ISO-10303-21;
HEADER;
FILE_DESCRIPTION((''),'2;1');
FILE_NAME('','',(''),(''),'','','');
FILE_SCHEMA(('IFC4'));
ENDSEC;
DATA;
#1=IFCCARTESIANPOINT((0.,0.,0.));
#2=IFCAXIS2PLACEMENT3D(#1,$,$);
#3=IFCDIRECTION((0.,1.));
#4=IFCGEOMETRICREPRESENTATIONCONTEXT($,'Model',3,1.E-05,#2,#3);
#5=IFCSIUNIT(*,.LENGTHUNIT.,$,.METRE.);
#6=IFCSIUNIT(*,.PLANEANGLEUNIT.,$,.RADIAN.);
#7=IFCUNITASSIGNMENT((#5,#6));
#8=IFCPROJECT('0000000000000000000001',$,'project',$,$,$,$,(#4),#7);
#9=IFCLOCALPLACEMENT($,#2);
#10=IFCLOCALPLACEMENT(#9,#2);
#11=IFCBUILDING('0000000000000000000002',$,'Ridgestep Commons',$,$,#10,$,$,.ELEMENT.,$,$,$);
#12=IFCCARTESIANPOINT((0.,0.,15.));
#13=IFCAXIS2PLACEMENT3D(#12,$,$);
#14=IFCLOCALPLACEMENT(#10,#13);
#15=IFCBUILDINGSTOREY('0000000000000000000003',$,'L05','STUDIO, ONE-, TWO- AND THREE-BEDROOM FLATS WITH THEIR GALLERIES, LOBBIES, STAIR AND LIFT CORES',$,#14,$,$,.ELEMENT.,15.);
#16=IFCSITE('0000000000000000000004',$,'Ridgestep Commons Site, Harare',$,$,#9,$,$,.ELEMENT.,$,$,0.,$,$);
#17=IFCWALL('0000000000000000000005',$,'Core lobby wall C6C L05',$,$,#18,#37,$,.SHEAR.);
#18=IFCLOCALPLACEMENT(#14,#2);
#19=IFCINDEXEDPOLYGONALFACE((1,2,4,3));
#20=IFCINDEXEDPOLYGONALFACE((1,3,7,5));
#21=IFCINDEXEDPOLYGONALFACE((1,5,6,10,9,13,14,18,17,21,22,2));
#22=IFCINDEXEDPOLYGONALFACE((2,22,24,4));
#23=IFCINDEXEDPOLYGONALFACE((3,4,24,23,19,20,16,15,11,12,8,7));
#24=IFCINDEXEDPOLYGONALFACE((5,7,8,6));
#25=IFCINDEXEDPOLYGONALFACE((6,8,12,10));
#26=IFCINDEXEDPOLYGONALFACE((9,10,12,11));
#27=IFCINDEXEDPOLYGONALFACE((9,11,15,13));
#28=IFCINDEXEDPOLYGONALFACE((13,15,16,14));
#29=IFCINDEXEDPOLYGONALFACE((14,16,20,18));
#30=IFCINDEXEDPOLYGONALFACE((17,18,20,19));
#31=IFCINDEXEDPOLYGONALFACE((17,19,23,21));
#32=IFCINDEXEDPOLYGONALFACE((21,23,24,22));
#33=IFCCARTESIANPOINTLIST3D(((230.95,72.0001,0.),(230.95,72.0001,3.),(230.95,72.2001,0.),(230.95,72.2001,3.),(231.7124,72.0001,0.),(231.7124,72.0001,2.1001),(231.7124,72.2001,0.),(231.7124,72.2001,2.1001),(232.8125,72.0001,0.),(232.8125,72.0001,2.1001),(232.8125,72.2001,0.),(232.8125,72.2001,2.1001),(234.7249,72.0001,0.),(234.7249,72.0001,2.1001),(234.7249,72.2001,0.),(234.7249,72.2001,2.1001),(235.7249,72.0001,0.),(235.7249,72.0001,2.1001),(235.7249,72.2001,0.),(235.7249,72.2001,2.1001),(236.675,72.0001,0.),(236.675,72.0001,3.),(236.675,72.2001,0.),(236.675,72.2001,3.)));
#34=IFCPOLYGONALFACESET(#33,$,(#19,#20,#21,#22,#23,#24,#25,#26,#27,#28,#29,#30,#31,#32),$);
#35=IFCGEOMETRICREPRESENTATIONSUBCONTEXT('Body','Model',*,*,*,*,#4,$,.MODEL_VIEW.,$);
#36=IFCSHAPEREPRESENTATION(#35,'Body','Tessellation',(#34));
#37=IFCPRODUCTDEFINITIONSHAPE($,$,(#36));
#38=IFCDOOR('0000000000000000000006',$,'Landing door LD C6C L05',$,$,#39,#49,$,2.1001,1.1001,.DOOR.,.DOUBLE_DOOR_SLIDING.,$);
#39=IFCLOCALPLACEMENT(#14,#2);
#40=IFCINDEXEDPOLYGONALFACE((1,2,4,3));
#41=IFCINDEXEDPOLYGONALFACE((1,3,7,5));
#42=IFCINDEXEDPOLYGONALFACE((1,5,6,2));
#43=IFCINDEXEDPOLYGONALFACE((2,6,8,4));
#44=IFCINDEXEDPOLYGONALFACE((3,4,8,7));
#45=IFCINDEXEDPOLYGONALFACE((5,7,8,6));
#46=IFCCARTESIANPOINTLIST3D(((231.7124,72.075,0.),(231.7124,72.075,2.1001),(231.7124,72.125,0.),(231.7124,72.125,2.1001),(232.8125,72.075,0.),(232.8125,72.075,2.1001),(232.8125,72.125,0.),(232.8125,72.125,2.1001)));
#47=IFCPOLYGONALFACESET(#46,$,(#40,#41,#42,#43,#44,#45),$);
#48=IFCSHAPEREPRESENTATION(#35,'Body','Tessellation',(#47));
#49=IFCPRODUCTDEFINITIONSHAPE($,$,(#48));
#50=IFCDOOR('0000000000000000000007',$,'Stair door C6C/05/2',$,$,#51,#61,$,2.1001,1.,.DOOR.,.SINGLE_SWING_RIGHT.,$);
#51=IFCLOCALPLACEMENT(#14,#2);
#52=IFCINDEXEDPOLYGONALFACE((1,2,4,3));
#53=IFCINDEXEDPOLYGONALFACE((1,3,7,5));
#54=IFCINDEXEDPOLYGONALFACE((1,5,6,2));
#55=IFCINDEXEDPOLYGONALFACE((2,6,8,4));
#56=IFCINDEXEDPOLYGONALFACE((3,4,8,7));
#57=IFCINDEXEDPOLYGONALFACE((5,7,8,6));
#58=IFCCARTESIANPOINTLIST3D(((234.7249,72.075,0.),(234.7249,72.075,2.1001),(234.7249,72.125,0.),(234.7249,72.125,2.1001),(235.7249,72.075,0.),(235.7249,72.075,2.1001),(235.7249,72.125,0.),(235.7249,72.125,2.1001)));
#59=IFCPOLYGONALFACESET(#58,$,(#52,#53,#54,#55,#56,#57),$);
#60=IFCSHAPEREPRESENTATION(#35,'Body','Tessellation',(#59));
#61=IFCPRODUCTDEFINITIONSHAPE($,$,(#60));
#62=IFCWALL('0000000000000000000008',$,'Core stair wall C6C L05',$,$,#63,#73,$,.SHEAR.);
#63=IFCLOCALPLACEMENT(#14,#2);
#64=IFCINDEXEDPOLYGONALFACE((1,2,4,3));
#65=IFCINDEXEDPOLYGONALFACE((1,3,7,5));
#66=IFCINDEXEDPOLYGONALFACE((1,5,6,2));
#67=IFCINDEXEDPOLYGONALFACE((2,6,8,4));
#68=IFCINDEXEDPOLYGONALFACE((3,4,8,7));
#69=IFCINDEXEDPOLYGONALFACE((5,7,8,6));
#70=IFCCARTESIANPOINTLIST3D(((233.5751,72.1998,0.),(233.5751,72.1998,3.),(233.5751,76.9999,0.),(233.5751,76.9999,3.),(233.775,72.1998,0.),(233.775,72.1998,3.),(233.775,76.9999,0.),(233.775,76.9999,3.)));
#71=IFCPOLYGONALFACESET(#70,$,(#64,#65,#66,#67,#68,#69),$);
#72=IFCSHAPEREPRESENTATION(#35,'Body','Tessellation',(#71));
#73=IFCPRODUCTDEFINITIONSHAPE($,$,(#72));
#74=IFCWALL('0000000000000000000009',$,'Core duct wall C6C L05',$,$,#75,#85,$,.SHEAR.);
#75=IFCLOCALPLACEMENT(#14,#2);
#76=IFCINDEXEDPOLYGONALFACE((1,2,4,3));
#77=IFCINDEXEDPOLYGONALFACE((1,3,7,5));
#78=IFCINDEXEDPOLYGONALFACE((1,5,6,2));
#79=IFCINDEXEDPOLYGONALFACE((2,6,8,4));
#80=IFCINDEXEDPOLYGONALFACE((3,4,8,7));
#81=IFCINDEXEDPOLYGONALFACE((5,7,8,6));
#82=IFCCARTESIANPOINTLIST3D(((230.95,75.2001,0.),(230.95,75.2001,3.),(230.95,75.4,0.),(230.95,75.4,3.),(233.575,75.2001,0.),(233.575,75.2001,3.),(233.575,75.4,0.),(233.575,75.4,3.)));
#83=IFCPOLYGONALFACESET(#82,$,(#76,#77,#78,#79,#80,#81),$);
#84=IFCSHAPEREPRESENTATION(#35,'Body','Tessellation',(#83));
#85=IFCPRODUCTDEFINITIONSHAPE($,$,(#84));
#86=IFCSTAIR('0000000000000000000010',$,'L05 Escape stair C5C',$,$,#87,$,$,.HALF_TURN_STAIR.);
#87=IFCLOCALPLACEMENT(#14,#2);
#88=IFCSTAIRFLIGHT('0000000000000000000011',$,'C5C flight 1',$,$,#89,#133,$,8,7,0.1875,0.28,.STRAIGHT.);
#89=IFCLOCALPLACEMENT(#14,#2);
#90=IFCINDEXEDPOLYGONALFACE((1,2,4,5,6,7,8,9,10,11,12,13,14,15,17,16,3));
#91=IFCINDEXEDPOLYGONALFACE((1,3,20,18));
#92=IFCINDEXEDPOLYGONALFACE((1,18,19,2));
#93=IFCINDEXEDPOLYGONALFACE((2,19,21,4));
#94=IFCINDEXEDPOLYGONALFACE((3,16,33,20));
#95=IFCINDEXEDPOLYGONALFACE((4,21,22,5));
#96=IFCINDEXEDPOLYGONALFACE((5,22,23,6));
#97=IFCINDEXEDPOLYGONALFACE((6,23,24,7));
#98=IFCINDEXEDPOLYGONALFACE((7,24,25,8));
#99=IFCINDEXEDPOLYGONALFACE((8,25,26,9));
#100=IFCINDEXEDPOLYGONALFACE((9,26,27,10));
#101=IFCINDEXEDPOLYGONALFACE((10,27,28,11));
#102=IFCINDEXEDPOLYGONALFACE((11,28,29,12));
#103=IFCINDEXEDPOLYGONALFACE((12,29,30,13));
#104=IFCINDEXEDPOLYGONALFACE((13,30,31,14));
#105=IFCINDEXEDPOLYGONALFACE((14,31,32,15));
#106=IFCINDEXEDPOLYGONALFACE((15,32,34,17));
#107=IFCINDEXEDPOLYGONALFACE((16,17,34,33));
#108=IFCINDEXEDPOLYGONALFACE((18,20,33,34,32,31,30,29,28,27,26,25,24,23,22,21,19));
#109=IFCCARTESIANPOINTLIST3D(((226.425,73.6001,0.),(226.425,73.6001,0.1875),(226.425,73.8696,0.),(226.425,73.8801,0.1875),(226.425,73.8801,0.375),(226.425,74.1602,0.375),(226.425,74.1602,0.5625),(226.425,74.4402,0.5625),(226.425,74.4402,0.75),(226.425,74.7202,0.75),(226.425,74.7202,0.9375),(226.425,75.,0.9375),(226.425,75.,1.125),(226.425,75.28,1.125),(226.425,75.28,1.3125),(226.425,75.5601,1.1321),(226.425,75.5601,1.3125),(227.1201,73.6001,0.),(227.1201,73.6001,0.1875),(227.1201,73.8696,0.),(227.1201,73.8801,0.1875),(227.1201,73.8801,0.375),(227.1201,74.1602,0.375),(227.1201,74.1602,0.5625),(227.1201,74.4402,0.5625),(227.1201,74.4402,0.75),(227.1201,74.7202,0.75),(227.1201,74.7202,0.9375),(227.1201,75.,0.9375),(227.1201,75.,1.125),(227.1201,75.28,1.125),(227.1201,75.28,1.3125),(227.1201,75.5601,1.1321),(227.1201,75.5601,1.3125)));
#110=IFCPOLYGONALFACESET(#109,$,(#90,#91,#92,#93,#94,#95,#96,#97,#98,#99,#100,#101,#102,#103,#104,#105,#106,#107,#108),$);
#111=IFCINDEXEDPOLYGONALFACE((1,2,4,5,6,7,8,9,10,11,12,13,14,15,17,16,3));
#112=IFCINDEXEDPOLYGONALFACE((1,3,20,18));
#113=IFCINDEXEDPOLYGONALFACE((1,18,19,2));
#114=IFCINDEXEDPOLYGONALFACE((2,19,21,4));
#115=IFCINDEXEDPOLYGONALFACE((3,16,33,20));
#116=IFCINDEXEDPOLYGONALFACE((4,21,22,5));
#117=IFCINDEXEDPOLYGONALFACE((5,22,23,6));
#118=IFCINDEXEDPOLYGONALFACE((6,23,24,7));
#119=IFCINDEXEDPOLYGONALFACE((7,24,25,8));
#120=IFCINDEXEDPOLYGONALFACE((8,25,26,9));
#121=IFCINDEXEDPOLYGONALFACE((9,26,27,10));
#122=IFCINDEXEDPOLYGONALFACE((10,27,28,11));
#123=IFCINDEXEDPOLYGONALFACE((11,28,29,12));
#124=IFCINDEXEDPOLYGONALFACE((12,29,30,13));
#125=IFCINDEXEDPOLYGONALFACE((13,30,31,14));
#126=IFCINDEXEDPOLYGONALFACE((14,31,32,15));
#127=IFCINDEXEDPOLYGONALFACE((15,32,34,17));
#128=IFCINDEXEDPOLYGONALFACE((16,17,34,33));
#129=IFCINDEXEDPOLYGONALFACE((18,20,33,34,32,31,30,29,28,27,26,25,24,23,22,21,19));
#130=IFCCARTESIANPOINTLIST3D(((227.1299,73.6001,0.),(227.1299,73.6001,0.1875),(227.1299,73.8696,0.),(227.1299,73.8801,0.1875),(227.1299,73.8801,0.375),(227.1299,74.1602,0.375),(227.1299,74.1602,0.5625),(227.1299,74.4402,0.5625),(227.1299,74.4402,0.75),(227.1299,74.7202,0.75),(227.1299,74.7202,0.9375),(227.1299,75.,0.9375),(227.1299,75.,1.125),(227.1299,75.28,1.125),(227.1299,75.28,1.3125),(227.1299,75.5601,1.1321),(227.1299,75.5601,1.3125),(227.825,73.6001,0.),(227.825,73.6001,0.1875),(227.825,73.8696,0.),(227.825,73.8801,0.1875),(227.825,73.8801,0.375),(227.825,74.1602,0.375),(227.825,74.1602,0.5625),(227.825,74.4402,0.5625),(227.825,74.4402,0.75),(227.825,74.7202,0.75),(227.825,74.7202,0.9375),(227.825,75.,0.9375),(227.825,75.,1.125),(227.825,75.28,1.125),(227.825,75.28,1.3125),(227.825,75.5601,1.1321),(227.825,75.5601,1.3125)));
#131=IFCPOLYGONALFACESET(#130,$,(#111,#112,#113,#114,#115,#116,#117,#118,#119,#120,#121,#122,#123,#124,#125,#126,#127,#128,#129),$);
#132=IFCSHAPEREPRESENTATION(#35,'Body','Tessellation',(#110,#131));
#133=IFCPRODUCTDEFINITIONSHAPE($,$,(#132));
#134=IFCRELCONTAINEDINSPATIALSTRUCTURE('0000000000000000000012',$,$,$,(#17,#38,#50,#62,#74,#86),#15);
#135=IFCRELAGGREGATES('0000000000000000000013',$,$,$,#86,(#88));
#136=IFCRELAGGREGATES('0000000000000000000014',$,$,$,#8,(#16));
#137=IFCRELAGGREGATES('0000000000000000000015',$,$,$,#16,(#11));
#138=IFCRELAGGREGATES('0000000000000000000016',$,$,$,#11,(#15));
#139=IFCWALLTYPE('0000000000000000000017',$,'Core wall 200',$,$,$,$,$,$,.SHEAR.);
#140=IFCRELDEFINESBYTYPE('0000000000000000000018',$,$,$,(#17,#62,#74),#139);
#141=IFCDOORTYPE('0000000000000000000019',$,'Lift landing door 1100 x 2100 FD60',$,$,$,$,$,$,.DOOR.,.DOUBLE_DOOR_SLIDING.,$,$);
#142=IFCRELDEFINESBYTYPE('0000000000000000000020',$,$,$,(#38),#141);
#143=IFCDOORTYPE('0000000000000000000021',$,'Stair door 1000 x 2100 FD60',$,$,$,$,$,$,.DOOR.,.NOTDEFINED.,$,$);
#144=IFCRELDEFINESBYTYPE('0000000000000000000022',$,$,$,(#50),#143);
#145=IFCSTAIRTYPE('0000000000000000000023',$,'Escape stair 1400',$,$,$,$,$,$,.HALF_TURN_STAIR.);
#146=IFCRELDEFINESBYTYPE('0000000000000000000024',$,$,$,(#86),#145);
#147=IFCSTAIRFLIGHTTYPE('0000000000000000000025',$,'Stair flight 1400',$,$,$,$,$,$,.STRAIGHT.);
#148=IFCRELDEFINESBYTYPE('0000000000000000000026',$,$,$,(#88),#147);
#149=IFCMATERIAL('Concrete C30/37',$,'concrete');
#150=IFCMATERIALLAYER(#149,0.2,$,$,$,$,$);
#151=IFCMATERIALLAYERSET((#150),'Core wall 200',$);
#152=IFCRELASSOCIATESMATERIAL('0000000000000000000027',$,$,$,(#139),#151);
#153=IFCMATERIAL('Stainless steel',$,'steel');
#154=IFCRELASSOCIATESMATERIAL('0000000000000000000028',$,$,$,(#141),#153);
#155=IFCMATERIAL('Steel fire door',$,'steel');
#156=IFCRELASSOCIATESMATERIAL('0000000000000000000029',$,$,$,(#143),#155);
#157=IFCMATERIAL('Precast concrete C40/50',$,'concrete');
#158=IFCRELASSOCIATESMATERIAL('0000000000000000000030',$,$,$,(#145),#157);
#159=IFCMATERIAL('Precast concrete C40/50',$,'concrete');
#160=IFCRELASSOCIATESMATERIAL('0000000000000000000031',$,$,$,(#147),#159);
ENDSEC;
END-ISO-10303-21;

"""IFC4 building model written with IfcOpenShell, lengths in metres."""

from ifc_helpers import new_model, si_unit, direction, frame, frame_2d, origin, place, context, subcontext, project, spatial, polyline, rectangle, outline, extrude, material, layer, layer_set, type_object, element, fill, aggregate, save


model = new_model("IFC4")

# Units and contexts
model_context = context("Model", 3, precision=1e-05, world=origin(), true_north=direction((0.0, 1.0)))
body_context = subcontext(model_context, "Body", "Model", "MODEL_VIEW")
ifc_project = project(units=[si_unit("LENGTHUNIT", "METRE"), si_unit("PLANEANGLEUNIT", "RADIAN")], contexts=[model_context])

# Site, building, storey
site_placement = place(None, origin())
site = spatial("IfcSite", under=ifc_project, at=site_placement, Name="Ridgestep Commons Site, Harare", CompositionType="ELEMENT", RefElevation=0.0)
building_placement = place(site_placement, origin())
building = spatial("IfcBuilding", under=site, at=building_placement, Name="Ridgestep Commons", CompositionType="ELEMENT")
storey_placement = place(building_placement, frame((0.0, 0.0, 15.0)))
storey = spatial("IfcBuildingStorey", under=building, at=storey_placement, Name="L05", Description="STUDIO, ONE-, TWO- AND THREE-BEDROOM FLATS WITH THEIR GALLERIES, LOBBIES, STAIR AND LIFT CORES", CompositionType="ELEMENT", Elevation=15.0)

# Shared definitions
ifc_material_1 = material(Name="Concrete C30/37", Category="concrete")
ifc_layer_1 = layer(ifc_material_1, 0.2)
ifc_layer_set_1 = layer_set([ifc_layer_1], Name="Core wall 200")
wall_type_1 = type_object("IfcWallType", Name="Core wall 200", PredefinedType="SHEAR", material=ifc_layer_set_1)

# Wall, openings, doors
wall_1_placement = place(storey_placement, frame((230.95, 72.1001, 0.0), z_axis=(0.0, 0.0, 1.0), x_axis=(1.0, 0.0, 0.0)))
wall_1 = element("IfcWall", 1, at=wall_1_placement, inside=storey, type_object=wall_type_1, Name="Core lobby wall C6C L05", PredefinedType="SHEAR", context=body_context, shape_type="SweptSolid", body=[
    extrude(rectangle(XDim=5.7251, YDim=0.2, at=frame_2d((2.8625, 0.0))), origin(), (0.0, 0.0, 1.0), 3.0),
])
opening_1_placement = place(wall_1_placement, frame((3.7749, 0.0, 0.0)))
opening_1 = element("IfcOpeningElement", 2, at=opening_1_placement, cuts=wall_1, PredefinedType="OPENING", context=body_context, shape_type="SweptSolid", body=[
    extrude(rectangle(XDim=1.0, YDim=2.1001, at=frame_2d((0.5, 1.05))), frame((0.0, 0.1099, 0.0), z_axis=(0.0, -1.0, 0.0), x_axis=(1.0, 0.0, 0.0)), (0.0, 0.0, 1.0), 0.22),
])
opening_2_placement = place(wall_1_placement, frame((0.7625, 0.0, 0.0)))
opening_2 = element("IfcOpeningElement", 3, at=opening_2_placement, cuts=wall_1, PredefinedType="OPENING", context=body_context, shape_type="SweptSolid", body=[
    extrude(rectangle(XDim=1.1001, YDim=2.1001, at=frame_2d((0.55, 1.05))), frame((0.0, 0.1099, 0.0), z_axis=(0.0, -1.0, 0.0), x_axis=(1.0, 0.0, 0.0)), (0.0, 0.0, 1.0), 0.22),
])
ifc_material_2 = material(Name="Stainless steel", Category="steel")
door_type_1 = type_object("IfcDoorType", Name="Lift landing door 1100 x 2100 FD60", OperationType="DOUBLE_DOOR_SLIDING", PredefinedType="DOOR", material=ifc_material_2)
door_1_placement = place(opening_2_placement, origin())
door_1 = element("IfcDoor", 4, at=door_1_placement, inside=storey, type_object=door_type_1, Name="Landing door LD C6C L05", OperationType="DOUBLE_DOOR_SLIDING", OverallHeight=2.1001, OverallWidth=1.1001, PredefinedType="DOOR", context=body_context, shape_type="SweptSolid", body=[
    extrude(rectangle(XDim=1.1001, YDim=2.1001, at=frame_2d((0.55, 1.05))), frame((0.0, 0.0249, 0.0), z_axis=(0.0, -1.0, 0.0), x_axis=(1.0, 0.0, 0.0)), (0.0, 0.0, 1.0), 0.05),
])
fill(opening_2, door_1)
ifc_material_3 = material(Name="Steel fire door", Category="steel")
door_type_2 = type_object("IfcDoorType", Name="Stair door 1000 x 2100 FD60", OperationType="NOTDEFINED", PredefinedType="DOOR", material=ifc_material_3)
door_2_placement = place(opening_1_placement, origin())
door_2 = element("IfcDoor", 5, at=door_2_placement, inside=storey, type_object=door_type_2, Name="Stair door C6C/05/2", OperationType="SINGLE_SWING_RIGHT", OverallHeight=2.1001, OverallWidth=1.0, PredefinedType="DOOR", context=body_context, shape_type="SweptSolid", body=[
    extrude(rectangle(XDim=1.0, YDim=2.1001, at=frame_2d((0.5, 1.05))), frame((0.0, 0.0249, 0.0), z_axis=(0.0, -1.0, 0.0), x_axis=(1.0, 0.0, 0.0)), (0.0, 0.0, 1.0), 0.05),
])
fill(opening_1, door_2)

# Walls
wall_2_placement = place(storey_placement, frame((233.675, 72.2, 0.0), z_axis=(0.0, 0.0, 1.0), x_axis=(0.0, 1.0, 0.0)))
element("IfcWall", 6, at=wall_2_placement, inside=storey, type_object=wall_type_1, Name="Core stair wall C6C L05", PredefinedType="SHEAR", context=body_context, shape_type="SweptSolid", body=[
    extrude(rectangle(XDim=4.8, YDim=0.2, at=frame_2d((2.3999, 0.0))), origin(), (0.0, 0.0, 1.0), 3.0),
])
wall_3_placement = place(storey_placement, frame((230.95, 75.3, 0.0), z_axis=(0.0, 0.0, 1.0), x_axis=(1.0, 0.0, 0.0)))
element("IfcWall", 7, at=wall_3_placement, inside=storey, type_object=wall_type_1, Name="Core duct wall C6C L05", PredefinedType="SHEAR", context=body_context, shape_type="SweptSolid", body=[
    extrude(rectangle(XDim=2.625, YDim=0.2, at=frame_2d((1.3125, 0.0))), origin(), (0.0, 0.0, 1.0), 3.0),
])

# Stair, stair flight
ifc_material_4 = material(Name="Precast concrete C40/50", Category="concrete")
stair_type = type_object("IfcStairType", Name="Escape stair 1400", PredefinedType="HALF_TURN_STAIR", material=ifc_material_4)
stair_placement = place(storey_placement, origin())
stair = element("IfcStair", 8, at=stair_placement, inside=storey, type_object=stair_type, Name="L05 Escape stair C5C", PredefinedType="HALF_TURN_STAIR")
ifc_material_5 = material(Name="Precast concrete C40/50", Category="concrete")
stair_flight_type = type_object("IfcStairFlightType", Name="Stair flight 1400", PredefinedType="STRAIGHT", material=ifc_material_5)
stair_flight_placement = place(storey_placement, frame((227.125, 73.6001, 0.0), z_axis=(0.0, 0.0, 1.0), x_axis=(0.0, 1.0, 0.0)))
stair_flight = element("IfcStairFlight", 9, at=stair_flight_placement, type_object=stair_flight_type, Name="C5C flight 1", NumberOfRisers=8, NumberOfTreads=7, PredefinedType="STRAIGHT", RiserHeight=0.1875, TreadLength=0.28, context=body_context, shape_type="SweptSolid", body=[
    extrude(outline(polyline([(0.0, 0.0), (0.0, 0.1875), (0.28, 0.1875), (0.28, 0.375), (0.5601, 0.375), (0.5601, 0.5625), (0.8401, 0.5625), (0.8401, 0.75), (1.1201, 0.75), (1.1201, 0.9375), (1.3999, 0.9375), (1.3999, 1.125), (1.6799, 1.125), (1.6799, 1.3125), (1.96, 1.3125), (1.96, 1.5), (1.96, 1.1321), (0.2695, 0.0), (0.0, 0.0)])), frame((0.0, 0.7, 0.0), z_axis=(0.0, -1.0, 0.0), x_axis=(1.0, 0.0, 0.0)), (0.0, 0.0, 1.0), 0.6951),
    extrude(outline(polyline([(0.0, 0.0), (0.0, 0.1875), (0.28, 0.1875), (0.28, 0.375), (0.5601, 0.375), (0.5601, 0.5625), (0.8401, 0.5625), (0.8401, 0.75), (1.1201, 0.75), (1.1201, 0.9375), (1.3999, 0.9375), (1.3999, 1.125), (1.6799, 1.125), (1.6799, 1.3125), (1.96, 1.3125), (1.96, 1.5), (1.96, 1.1321), (0.2695, 0.0), (0.0, 0.0)])), frame((0.0, -0.0049, 0.0), z_axis=(0.0, -1.0, 0.0), x_axis=(1.0, 0.0, 0.0)), (0.0, 0.0, 1.0), 0.6951),
])
aggregate(stair, [stair_flight])

save(model, "model.ifc")
